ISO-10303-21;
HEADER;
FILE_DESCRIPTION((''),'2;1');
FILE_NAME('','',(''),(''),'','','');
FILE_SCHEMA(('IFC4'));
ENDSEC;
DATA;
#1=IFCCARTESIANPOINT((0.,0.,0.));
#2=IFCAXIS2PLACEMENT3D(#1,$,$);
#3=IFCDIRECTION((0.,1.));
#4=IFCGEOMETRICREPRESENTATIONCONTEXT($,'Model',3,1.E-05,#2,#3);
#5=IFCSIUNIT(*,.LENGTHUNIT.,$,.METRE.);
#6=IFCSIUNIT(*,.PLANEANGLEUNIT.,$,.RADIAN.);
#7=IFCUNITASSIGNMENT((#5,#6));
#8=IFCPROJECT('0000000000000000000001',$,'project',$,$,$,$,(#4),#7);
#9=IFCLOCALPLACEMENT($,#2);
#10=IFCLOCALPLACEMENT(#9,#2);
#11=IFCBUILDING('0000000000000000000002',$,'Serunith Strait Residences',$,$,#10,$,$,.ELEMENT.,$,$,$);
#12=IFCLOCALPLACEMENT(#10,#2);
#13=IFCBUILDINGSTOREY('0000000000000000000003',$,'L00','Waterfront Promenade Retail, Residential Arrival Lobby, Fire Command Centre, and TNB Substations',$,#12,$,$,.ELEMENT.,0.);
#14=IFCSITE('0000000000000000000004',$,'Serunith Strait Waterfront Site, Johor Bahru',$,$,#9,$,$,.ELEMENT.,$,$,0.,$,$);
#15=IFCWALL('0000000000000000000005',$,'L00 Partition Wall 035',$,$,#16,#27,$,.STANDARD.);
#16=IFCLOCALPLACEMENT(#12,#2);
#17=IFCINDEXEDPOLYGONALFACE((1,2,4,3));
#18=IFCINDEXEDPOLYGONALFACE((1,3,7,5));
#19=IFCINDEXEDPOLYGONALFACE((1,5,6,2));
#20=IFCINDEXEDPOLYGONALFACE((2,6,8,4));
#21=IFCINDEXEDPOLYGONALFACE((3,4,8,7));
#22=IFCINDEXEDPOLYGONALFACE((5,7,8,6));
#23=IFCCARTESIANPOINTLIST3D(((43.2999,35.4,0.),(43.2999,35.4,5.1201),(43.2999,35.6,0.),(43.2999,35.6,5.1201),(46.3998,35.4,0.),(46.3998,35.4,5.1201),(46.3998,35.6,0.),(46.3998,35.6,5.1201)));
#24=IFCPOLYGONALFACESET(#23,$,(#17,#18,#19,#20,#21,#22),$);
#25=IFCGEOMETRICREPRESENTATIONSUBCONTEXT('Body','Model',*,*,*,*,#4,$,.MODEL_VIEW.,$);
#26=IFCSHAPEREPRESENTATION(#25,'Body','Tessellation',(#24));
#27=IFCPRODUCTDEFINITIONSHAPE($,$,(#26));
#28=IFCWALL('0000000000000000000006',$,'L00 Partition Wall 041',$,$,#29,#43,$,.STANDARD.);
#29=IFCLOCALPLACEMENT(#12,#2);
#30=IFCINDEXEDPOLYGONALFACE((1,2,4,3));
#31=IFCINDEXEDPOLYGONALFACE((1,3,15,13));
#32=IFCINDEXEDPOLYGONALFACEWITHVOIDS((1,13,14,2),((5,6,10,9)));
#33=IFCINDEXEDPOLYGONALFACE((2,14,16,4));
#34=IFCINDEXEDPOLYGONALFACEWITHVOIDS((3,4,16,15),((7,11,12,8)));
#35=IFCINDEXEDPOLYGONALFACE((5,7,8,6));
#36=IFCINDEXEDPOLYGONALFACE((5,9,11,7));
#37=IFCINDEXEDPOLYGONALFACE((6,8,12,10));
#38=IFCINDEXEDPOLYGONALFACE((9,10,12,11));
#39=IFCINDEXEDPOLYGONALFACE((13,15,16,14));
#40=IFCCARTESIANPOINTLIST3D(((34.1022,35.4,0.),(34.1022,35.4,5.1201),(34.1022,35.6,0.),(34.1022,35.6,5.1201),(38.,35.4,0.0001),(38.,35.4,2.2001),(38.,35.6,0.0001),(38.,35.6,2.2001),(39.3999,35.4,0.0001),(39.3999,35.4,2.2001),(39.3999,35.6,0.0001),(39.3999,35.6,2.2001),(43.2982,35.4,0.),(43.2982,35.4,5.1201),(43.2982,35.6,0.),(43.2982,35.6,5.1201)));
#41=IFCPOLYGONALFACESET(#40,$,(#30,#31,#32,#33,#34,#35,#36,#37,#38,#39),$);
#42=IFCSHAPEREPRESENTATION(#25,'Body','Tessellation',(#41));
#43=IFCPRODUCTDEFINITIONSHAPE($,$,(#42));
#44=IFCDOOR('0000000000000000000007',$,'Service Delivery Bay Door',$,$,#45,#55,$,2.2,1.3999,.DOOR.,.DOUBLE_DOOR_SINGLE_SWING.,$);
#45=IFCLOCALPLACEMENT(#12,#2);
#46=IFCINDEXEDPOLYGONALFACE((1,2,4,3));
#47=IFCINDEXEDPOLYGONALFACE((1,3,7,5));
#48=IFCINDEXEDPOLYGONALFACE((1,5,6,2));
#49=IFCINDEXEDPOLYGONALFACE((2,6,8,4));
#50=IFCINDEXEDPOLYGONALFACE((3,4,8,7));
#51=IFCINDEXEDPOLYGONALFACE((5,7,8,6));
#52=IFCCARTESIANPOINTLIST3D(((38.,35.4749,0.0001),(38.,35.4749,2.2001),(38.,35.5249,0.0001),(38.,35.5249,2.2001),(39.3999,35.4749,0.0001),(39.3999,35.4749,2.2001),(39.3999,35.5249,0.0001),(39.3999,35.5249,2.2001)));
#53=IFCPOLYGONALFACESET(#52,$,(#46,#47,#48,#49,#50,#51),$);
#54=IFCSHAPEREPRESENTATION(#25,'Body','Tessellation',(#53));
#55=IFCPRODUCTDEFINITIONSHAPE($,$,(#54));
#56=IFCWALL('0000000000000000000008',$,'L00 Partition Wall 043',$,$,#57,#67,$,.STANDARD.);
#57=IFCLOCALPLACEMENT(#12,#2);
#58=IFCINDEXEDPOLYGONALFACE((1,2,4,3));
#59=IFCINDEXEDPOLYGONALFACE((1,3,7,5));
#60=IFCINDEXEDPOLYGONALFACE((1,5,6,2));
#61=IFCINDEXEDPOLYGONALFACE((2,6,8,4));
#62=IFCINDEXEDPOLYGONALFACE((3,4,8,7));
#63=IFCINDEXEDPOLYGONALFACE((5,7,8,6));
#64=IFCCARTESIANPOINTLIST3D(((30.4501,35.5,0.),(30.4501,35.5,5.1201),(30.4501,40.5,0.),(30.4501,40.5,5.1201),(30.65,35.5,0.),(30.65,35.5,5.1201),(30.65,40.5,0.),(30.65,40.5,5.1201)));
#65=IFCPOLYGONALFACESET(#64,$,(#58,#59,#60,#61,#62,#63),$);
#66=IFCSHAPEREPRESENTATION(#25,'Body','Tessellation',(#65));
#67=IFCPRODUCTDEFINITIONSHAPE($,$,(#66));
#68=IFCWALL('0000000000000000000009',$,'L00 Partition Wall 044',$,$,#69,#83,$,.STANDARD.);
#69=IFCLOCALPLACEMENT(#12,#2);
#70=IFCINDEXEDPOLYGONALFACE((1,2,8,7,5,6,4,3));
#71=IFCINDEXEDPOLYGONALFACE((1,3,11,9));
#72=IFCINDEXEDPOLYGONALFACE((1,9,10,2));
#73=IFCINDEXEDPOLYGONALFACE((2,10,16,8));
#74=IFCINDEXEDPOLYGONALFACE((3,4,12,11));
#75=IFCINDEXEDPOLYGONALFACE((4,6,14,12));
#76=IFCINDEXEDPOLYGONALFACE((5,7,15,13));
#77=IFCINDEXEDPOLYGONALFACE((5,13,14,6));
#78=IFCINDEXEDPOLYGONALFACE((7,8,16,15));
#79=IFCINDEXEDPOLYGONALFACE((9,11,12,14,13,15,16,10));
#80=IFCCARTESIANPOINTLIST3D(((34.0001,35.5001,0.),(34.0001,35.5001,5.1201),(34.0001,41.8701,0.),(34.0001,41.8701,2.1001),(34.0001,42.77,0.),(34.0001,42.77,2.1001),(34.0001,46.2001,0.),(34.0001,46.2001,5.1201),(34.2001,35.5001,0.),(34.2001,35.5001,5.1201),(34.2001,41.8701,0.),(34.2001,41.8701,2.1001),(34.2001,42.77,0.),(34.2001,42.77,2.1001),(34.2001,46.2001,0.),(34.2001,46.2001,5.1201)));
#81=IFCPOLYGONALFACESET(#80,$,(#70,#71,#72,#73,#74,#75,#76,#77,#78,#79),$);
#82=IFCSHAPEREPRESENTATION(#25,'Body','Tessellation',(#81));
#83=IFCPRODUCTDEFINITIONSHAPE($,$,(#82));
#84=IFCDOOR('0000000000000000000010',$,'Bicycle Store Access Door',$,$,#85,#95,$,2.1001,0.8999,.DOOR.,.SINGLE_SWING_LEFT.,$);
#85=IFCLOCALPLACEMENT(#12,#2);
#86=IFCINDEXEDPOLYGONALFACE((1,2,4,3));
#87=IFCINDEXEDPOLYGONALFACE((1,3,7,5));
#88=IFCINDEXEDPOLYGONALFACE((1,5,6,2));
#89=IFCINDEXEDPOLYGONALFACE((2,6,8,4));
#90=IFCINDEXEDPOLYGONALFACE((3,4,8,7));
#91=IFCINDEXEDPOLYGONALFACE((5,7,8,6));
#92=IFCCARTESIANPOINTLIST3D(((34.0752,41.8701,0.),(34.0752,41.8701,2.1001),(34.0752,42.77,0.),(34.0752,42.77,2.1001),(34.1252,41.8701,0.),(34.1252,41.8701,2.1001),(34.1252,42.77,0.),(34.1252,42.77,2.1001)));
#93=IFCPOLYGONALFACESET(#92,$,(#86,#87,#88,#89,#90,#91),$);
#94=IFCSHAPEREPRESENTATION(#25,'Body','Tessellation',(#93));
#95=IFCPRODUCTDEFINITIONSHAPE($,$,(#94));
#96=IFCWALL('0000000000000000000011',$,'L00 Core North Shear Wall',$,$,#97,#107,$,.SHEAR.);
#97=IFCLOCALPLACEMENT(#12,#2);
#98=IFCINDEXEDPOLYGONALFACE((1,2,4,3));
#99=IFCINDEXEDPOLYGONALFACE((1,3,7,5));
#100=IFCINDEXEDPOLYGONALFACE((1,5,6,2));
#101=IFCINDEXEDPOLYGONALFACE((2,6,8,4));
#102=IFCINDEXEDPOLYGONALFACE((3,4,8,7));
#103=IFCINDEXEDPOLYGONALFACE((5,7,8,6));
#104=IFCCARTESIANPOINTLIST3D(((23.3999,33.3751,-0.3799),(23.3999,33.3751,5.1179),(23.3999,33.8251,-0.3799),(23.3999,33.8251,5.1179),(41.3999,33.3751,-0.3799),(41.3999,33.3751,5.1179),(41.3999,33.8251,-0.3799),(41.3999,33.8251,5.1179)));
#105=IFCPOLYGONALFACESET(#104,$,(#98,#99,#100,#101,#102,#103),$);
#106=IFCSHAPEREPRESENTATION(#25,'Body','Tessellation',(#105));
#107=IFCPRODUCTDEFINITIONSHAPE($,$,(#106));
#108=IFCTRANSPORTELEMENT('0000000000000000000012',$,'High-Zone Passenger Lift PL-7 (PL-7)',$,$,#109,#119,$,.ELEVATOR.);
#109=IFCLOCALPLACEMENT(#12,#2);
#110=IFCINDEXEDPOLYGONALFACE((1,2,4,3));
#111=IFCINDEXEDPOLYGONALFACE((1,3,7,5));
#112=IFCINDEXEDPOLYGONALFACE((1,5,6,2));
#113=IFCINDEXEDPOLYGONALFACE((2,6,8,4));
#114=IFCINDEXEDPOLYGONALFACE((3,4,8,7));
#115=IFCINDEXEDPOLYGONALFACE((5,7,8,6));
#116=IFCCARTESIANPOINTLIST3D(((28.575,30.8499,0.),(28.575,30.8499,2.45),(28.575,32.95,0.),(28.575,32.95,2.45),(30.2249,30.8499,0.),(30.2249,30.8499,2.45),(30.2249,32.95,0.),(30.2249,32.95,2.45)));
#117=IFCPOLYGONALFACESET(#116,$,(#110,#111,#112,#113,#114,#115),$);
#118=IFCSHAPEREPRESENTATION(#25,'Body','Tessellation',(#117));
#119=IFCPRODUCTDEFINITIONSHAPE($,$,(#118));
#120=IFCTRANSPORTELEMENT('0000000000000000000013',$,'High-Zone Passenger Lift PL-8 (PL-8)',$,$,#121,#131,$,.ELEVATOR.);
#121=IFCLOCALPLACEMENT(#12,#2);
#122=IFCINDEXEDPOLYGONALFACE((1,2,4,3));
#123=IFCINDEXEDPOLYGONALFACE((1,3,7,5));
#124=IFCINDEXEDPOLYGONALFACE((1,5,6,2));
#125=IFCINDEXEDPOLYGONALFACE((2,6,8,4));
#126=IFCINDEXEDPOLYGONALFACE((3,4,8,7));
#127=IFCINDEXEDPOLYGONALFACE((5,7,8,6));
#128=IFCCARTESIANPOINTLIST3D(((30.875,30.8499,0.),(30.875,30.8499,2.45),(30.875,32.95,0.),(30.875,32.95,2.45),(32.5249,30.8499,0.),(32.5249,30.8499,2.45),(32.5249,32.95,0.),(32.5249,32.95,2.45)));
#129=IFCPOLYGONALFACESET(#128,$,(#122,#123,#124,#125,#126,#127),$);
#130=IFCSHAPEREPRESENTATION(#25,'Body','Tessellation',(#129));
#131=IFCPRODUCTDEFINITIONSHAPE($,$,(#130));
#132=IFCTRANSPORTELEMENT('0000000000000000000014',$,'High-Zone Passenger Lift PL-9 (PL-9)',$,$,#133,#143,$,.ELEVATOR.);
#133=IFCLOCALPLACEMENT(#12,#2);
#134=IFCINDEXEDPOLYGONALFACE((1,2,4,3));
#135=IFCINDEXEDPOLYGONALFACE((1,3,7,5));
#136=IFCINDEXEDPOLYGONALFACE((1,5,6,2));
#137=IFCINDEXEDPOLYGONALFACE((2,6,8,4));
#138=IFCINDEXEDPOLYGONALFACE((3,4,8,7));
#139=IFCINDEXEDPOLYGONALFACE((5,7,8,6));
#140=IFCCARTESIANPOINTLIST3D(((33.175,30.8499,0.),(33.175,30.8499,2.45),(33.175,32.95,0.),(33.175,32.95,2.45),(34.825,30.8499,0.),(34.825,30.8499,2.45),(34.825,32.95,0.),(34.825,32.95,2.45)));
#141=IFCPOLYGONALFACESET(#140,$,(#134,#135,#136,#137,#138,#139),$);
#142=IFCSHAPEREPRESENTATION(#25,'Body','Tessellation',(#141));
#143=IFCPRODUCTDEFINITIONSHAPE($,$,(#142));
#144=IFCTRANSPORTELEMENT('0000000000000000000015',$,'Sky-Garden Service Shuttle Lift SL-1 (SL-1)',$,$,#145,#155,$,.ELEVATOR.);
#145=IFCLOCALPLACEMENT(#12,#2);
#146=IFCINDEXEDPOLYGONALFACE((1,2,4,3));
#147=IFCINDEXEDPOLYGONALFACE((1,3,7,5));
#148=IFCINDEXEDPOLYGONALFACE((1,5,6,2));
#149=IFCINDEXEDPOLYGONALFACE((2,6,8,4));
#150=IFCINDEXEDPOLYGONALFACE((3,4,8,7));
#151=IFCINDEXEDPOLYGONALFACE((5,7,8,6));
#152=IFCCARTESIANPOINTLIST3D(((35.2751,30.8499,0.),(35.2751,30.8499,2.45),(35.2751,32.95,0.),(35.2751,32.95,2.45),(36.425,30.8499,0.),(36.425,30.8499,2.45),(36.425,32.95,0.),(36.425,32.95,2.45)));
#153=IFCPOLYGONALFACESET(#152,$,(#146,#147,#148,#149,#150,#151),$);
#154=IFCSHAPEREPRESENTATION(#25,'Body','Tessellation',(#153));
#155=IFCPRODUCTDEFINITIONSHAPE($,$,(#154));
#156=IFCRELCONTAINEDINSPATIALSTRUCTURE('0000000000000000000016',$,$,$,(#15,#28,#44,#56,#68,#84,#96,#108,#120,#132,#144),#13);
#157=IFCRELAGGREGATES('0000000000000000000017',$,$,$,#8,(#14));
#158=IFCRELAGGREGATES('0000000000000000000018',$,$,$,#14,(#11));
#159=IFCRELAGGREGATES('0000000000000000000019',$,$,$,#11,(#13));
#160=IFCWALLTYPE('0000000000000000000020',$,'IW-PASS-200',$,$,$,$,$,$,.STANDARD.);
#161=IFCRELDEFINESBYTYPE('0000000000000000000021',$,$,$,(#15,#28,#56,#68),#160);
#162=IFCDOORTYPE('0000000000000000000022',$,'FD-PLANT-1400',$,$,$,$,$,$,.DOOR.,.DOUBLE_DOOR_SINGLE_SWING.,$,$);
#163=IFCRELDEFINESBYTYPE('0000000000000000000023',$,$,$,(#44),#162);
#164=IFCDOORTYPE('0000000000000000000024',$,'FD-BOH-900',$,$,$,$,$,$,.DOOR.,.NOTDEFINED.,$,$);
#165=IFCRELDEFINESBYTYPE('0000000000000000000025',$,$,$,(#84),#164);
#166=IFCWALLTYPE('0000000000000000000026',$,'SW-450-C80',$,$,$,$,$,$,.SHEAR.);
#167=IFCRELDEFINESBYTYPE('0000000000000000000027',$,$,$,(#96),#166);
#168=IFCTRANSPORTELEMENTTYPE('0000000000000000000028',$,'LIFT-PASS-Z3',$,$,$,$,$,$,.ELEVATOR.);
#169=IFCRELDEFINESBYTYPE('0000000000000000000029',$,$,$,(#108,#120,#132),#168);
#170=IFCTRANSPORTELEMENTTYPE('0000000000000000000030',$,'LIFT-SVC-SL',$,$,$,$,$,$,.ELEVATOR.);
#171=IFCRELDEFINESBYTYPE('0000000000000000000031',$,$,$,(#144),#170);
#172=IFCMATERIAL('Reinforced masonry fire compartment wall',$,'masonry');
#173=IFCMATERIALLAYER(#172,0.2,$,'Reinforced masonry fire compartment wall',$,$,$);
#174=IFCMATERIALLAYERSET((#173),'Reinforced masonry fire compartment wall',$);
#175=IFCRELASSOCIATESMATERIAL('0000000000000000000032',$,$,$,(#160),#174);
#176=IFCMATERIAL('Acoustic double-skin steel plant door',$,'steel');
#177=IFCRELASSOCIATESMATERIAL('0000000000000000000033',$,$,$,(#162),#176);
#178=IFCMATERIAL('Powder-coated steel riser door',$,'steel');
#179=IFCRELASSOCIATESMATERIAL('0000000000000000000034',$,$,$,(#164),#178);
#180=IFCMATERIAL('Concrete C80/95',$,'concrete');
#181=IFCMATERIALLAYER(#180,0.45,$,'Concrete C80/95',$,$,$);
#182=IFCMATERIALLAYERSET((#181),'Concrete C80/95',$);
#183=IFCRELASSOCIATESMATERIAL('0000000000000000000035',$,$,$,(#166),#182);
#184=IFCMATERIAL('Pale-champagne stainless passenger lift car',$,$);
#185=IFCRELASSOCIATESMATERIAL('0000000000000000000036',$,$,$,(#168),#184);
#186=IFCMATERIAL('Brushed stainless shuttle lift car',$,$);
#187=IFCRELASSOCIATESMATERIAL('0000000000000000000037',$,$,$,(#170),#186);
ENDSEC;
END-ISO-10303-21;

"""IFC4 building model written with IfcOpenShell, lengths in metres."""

from ifc_helpers import new_model, si_unit, direction, frame, frame_2d, origin, origin_2d, place, context, subcontext, project, spatial, rectangle, extrude, source, transform, mapped, material, layer, layer_set, type_object, element, fill, save


model = new_model("IFC4")

# Units and contexts
model_context = context("Model", 3, precision=1e-05, world=origin(), true_north=direction((0.0, 1.0)))
body_context = subcontext(model_context, "Body", "Model", "MODEL_VIEW")
ifc_project = project(units=[si_unit("LENGTHUNIT", "METRE"), si_unit("PLANEANGLEUNIT", "RADIAN")], contexts=[model_context])

# Site, building, storey
site_placement = place(None, origin())
site = spatial("IfcSite", under=ifc_project, at=site_placement, Name="Serunith Strait Waterfront Site, Johor Bahru", CompositionType="ELEMENT", RefElevation=0.0)
building_placement = place(site_placement, origin())
building = spatial("IfcBuilding", under=site, at=building_placement, Name="Serunith Strait Residences", CompositionType="ELEMENT")
storey_placement = place(building_placement, origin())
storey = spatial("IfcBuildingStorey", under=building, at=storey_placement, Name="L00", Description="Waterfront Promenade Retail, Residential Arrival Lobby, Fire Command Centre, and TNB Substations", CompositionType="ELEMENT", Elevation=0.0)

# Wall
ifc_material_1 = material(Name="Reinforced masonry fire compartment wall", Category="masonry")
ifc_layer_1 = layer(ifc_material_1, 0.2, Name="Reinforced masonry fire compartment wall")
ifc_layer_set_1 = layer_set([ifc_layer_1], Name="Reinforced masonry fire compartment wall")
wall_type_1 = type_object("IfcWallType", Name="IW-PASS-200", PredefinedType="STANDARD", material=ifc_layer_set_1)
wall_1_placement = place(storey_placement, frame((43.3, 35.5, 0.0), z_axis=(0.0, 0.0, 1.0), x_axis=(1.0, 0.0, 0.0)))
element("IfcWall", 1, at=wall_1_placement, inside=storey, type_object=wall_type_1, Name="L00 Partition Wall 035", PredefinedType="STANDARD", context=body_context, shape_type="SweptSolid", body=[
    extrude(rectangle(XDim=3.0999, YDim=0.2, at=frame_2d((1.5498, 0.0))), origin(), (0.0, 0.0, 1.0), 5.1201),
])

# Wall, opening, door
wall_2_placement = place(storey_placement, frame((34.1021, 35.5, 0.0), z_axis=(0.0, 0.0, 1.0), x_axis=(1.0, 0.0, 0.0)))
wall_2 = element("IfcWall", 2, at=wall_2_placement, inside=storey, type_object=wall_type_1, Name="L00 Partition Wall 041", PredefinedType="STANDARD", context=body_context, shape_type="SweptSolid", body=[
    extrude(rectangle(XDim=9.196, YDim=0.2, at=frame_2d((4.5981, 0.0))), origin(), (0.0, 0.0, 1.0), 5.1201),
])
opening_1_placement = place(wall_2_placement, frame((3.8979, 0.0, 0.0)))
opening_1 = element("IfcOpeningElement", 3, at=opening_1_placement, cuts=wall_2, PredefinedType="OPENING", context=body_context, shape_type="SweptSolid", body=[
    extrude(rectangle(XDim=1.3999, YDim=2.2, at=frame_2d((0.7, 1.1001))), frame((0.0, 0.1099, 0.0), z_axis=(0.0, -1.0, 0.0), x_axis=(1.0, 0.0, 0.0)), (0.0, 0.0, 1.0), 0.22),
])
ifc_material_2 = material(Name="Acoustic double-skin steel plant door", Category="steel")
door_type_1 = type_object("IfcDoorType", Name="FD-PLANT-1400", OperationType="DOUBLE_DOOR_SINGLE_SWING", PredefinedType="DOOR", material=ifc_material_2)
shared_shape_1 = source(origin(), body_context, "Body", "SweptSolid", [
    extrude(rectangle(XDim=1.3999, YDim=2.2, at=frame_2d((0.7, 1.1001))), frame((0.0, 0.0249, 0.0), z_axis=(0.0, -1.0, 0.0), x_axis=(1.0, 0.0, 0.0)), (0.0, 0.0, 1.0), 0.05),
])
door_1_placement = place(opening_1_placement, origin())
door_1 = element("IfcDoor", 4, at=door_1_placement, inside=storey, type_object=door_type_1, Name="Service Delivery Bay Door", OperationType="DOUBLE_DOOR_SINGLE_SWING", OverallHeight=2.2, OverallWidth=1.3999, PredefinedType="DOOR", context=body_context, shape_type="MappedRepresentation", body=[
    mapped(shared_shape_1, transform((0.0, 0.0, 0.0), scale=1.0)),
])
fill(opening_1, door_1)

# Wall
wall_3_placement = place(storey_placement, frame((30.55, 35.5, 0.0), z_axis=(0.0, 0.0, 1.0), x_axis=(0.0, 1.0, 0.0)))
element("IfcWall", 5, at=wall_3_placement, inside=storey, type_object=wall_type_1, Name="L00 Partition Wall 043", PredefinedType="STANDARD", context=body_context, shape_type="SweptSolid", body=[
    extrude(rectangle(XDim=5.0, YDim=0.2, at=frame_2d((2.5, 0.0))), origin(), (0.0, 0.0, 1.0), 5.1201),
])

# Wall, opening, door
wall_4_placement = place(storey_placement, frame((34.1001, 35.5, 0.0), z_axis=(0.0, 0.0, 1.0), x_axis=(0.0, 1.0, 0.0)))
wall_4 = element("IfcWall", 6, at=wall_4_placement, inside=storey, type_object=wall_type_1, Name="L00 Partition Wall 044", PredefinedType="STANDARD", context=body_context, shape_type="SweptSolid", body=[
    extrude(rectangle(XDim=10.7, YDim=0.2, at=frame_2d((5.3501, 0.0))), origin(), (0.0, 0.0, 1.0), 5.1201),
])
opening_2_placement = place(wall_4_placement, frame((6.3701, 0.0, 0.0)))
opening_2 = element("IfcOpeningElement", 7, at=opening_2_placement, cuts=wall_4, PredefinedType="OPENING", context=body_context, shape_type="SweptSolid", body=[
    extrude(rectangle(XDim=0.8999, YDim=2.1001, at=frame_2d((0.45, 1.05))), frame((0.0, 0.1099, 0.0), z_axis=(0.0, -1.0, 0.0), x_axis=(1.0, 0.0, 0.0)), (0.0, 0.0, 1.0), 0.22),
])
ifc_material_3 = material(Name="Powder-coated steel riser door", Category="steel")
door_type_2 = type_object("IfcDoorType", Name="FD-BOH-900", OperationType="NOTDEFINED", PredefinedType="DOOR", material=ifc_material_3)
shared_shape_2 = source(origin(), body_context, "Body", "SweptSolid", [
    extrude(rectangle(XDim=0.8999, YDim=2.1001, at=frame_2d((0.45, 1.05))), frame((0.0, 0.0249, 0.0), z_axis=(0.0, -1.0, 0.0), x_axis=(1.0, 0.0, 0.0)), (0.0, 0.0, 1.0), 0.05),
])
door_2_placement = place(opening_2_placement, origin())
door_2 = element("IfcDoor", 8, at=door_2_placement, inside=storey, type_object=door_type_2, Name="Bicycle Store Access Door", OperationType="SINGLE_SWING_LEFT", OverallHeight=2.1001, OverallWidth=0.8999, PredefinedType="DOOR", context=body_context, shape_type="MappedRepresentation", body=[
    mapped(shared_shape_2, transform((0.0, 0.0, 0.0), scale=1.0)),
])
fill(opening_2, door_2)

# Wall
ifc_material_4 = material(Name="Concrete C80/95", Category="concrete")
ifc_layer_2 = layer(ifc_material_4, 0.45, Name="Concrete C80/95")
ifc_layer_set_2 = layer_set([ifc_layer_2], Name="Concrete C80/95")
wall_type_2 = type_object("IfcWallType", Name="SW-450-C80", PredefinedType="SHEAR", material=ifc_layer_set_2)
wall_5_placement = place(storey_placement, frame((41.3999, 33.6001, -0.3799), z_axis=(0.0, 0.0, 1.0), x_axis=(-1.0, 0.0, 0.0)))
element("IfcWall", 9, at=wall_5_placement, inside=storey, type_object=wall_type_2, Name="L00 Core North Shear Wall", PredefinedType="SHEAR", context=body_context, shape_type="SweptSolid", body=[
    extrude(rectangle(XDim=18.0, YDim=0.45, at=frame_2d((9.0, 0.0))), origin(), (0.0, 0.0, 1.0), 5.4978),
])

# Transport elements
ifc_material_5 = material(Name="Pale-champagne stainless passenger lift car")
transport_element_type_1 = type_object("IfcTransportElementType", Name="LIFT-PASS-Z3", PredefinedType="ELEVATOR", material=ifc_material_5)
shared_shape_3 = source(origin(), body_context, "Body", "SweptSolid", [
    extrude(rectangle(XDim=1.6499, YDim=2.1001, at=origin_2d()), origin(), (0.0, 0.0, 1.0), 2.45),
])
for number, where, z_axis, x_axis, name in (
    (10, (29.3999, 31.8999, 0.0), (0.0, 0.0, 1.0), (1.0, 0.0, 0.0), "High-Zone Passenger Lift PL-7 (PL-7)"),
    (11, (31.7, 31.8999, 0.0), (0.0, 0.0, 1.0), (1.0, 0.0, 0.0), "High-Zone Passenger Lift PL-8 (PL-8)"),
    (12, (34.0, 31.8999, 0.0), (0.0, 0.0, 1.0), (1.0, 0.0, 0.0), "High-Zone Passenger Lift PL-9 (PL-9)"),
):
    element("IfcTransportElement", number, at=place(storey_placement, frame(where, z_axis=z_axis, x_axis=x_axis)), inside=storey, type_object=transport_element_type_1, Name=name, PredefinedType="ELEVATOR", context=body_context, shape_type="MappedRepresentation", body=[
        mapped(shared_shape_3, transform((0.0, 0.0, 0.0), scale=1.0)),
    ])
ifc_material_6 = material(Name="Brushed stainless shuttle lift car")
transport_element_type_2 = type_object("IfcTransportElementType", Name="LIFT-SVC-SL", PredefinedType="ELEVATOR", material=ifc_material_6)
shared_shape_4 = source(origin(), body_context, "Body", "SweptSolid", [
    extrude(rectangle(XDim=1.1499, YDim=2.1001, at=origin_2d()), origin(), (0.0, 0.0, 1.0), 2.45),
])
transport_element_placement = place(storey_placement, frame((35.8501, 31.8999, 0.0), z_axis=(0.0, 0.0, 1.0), x_axis=(1.0, 0.0, 0.0)))
element("IfcTransportElement", 13, at=transport_element_placement, inside=storey, type_object=transport_element_type_2, Name="Sky-Garden Service Shuttle Lift SL-1 (SL-1)", PredefinedType="ELEVATOR", context=body_context, shape_type="MappedRepresentation", body=[
    mapped(shared_shape_4, transform((0.0, 0.0, 0.0), scale=1.0)),
])

save(model, "model.ifc")
